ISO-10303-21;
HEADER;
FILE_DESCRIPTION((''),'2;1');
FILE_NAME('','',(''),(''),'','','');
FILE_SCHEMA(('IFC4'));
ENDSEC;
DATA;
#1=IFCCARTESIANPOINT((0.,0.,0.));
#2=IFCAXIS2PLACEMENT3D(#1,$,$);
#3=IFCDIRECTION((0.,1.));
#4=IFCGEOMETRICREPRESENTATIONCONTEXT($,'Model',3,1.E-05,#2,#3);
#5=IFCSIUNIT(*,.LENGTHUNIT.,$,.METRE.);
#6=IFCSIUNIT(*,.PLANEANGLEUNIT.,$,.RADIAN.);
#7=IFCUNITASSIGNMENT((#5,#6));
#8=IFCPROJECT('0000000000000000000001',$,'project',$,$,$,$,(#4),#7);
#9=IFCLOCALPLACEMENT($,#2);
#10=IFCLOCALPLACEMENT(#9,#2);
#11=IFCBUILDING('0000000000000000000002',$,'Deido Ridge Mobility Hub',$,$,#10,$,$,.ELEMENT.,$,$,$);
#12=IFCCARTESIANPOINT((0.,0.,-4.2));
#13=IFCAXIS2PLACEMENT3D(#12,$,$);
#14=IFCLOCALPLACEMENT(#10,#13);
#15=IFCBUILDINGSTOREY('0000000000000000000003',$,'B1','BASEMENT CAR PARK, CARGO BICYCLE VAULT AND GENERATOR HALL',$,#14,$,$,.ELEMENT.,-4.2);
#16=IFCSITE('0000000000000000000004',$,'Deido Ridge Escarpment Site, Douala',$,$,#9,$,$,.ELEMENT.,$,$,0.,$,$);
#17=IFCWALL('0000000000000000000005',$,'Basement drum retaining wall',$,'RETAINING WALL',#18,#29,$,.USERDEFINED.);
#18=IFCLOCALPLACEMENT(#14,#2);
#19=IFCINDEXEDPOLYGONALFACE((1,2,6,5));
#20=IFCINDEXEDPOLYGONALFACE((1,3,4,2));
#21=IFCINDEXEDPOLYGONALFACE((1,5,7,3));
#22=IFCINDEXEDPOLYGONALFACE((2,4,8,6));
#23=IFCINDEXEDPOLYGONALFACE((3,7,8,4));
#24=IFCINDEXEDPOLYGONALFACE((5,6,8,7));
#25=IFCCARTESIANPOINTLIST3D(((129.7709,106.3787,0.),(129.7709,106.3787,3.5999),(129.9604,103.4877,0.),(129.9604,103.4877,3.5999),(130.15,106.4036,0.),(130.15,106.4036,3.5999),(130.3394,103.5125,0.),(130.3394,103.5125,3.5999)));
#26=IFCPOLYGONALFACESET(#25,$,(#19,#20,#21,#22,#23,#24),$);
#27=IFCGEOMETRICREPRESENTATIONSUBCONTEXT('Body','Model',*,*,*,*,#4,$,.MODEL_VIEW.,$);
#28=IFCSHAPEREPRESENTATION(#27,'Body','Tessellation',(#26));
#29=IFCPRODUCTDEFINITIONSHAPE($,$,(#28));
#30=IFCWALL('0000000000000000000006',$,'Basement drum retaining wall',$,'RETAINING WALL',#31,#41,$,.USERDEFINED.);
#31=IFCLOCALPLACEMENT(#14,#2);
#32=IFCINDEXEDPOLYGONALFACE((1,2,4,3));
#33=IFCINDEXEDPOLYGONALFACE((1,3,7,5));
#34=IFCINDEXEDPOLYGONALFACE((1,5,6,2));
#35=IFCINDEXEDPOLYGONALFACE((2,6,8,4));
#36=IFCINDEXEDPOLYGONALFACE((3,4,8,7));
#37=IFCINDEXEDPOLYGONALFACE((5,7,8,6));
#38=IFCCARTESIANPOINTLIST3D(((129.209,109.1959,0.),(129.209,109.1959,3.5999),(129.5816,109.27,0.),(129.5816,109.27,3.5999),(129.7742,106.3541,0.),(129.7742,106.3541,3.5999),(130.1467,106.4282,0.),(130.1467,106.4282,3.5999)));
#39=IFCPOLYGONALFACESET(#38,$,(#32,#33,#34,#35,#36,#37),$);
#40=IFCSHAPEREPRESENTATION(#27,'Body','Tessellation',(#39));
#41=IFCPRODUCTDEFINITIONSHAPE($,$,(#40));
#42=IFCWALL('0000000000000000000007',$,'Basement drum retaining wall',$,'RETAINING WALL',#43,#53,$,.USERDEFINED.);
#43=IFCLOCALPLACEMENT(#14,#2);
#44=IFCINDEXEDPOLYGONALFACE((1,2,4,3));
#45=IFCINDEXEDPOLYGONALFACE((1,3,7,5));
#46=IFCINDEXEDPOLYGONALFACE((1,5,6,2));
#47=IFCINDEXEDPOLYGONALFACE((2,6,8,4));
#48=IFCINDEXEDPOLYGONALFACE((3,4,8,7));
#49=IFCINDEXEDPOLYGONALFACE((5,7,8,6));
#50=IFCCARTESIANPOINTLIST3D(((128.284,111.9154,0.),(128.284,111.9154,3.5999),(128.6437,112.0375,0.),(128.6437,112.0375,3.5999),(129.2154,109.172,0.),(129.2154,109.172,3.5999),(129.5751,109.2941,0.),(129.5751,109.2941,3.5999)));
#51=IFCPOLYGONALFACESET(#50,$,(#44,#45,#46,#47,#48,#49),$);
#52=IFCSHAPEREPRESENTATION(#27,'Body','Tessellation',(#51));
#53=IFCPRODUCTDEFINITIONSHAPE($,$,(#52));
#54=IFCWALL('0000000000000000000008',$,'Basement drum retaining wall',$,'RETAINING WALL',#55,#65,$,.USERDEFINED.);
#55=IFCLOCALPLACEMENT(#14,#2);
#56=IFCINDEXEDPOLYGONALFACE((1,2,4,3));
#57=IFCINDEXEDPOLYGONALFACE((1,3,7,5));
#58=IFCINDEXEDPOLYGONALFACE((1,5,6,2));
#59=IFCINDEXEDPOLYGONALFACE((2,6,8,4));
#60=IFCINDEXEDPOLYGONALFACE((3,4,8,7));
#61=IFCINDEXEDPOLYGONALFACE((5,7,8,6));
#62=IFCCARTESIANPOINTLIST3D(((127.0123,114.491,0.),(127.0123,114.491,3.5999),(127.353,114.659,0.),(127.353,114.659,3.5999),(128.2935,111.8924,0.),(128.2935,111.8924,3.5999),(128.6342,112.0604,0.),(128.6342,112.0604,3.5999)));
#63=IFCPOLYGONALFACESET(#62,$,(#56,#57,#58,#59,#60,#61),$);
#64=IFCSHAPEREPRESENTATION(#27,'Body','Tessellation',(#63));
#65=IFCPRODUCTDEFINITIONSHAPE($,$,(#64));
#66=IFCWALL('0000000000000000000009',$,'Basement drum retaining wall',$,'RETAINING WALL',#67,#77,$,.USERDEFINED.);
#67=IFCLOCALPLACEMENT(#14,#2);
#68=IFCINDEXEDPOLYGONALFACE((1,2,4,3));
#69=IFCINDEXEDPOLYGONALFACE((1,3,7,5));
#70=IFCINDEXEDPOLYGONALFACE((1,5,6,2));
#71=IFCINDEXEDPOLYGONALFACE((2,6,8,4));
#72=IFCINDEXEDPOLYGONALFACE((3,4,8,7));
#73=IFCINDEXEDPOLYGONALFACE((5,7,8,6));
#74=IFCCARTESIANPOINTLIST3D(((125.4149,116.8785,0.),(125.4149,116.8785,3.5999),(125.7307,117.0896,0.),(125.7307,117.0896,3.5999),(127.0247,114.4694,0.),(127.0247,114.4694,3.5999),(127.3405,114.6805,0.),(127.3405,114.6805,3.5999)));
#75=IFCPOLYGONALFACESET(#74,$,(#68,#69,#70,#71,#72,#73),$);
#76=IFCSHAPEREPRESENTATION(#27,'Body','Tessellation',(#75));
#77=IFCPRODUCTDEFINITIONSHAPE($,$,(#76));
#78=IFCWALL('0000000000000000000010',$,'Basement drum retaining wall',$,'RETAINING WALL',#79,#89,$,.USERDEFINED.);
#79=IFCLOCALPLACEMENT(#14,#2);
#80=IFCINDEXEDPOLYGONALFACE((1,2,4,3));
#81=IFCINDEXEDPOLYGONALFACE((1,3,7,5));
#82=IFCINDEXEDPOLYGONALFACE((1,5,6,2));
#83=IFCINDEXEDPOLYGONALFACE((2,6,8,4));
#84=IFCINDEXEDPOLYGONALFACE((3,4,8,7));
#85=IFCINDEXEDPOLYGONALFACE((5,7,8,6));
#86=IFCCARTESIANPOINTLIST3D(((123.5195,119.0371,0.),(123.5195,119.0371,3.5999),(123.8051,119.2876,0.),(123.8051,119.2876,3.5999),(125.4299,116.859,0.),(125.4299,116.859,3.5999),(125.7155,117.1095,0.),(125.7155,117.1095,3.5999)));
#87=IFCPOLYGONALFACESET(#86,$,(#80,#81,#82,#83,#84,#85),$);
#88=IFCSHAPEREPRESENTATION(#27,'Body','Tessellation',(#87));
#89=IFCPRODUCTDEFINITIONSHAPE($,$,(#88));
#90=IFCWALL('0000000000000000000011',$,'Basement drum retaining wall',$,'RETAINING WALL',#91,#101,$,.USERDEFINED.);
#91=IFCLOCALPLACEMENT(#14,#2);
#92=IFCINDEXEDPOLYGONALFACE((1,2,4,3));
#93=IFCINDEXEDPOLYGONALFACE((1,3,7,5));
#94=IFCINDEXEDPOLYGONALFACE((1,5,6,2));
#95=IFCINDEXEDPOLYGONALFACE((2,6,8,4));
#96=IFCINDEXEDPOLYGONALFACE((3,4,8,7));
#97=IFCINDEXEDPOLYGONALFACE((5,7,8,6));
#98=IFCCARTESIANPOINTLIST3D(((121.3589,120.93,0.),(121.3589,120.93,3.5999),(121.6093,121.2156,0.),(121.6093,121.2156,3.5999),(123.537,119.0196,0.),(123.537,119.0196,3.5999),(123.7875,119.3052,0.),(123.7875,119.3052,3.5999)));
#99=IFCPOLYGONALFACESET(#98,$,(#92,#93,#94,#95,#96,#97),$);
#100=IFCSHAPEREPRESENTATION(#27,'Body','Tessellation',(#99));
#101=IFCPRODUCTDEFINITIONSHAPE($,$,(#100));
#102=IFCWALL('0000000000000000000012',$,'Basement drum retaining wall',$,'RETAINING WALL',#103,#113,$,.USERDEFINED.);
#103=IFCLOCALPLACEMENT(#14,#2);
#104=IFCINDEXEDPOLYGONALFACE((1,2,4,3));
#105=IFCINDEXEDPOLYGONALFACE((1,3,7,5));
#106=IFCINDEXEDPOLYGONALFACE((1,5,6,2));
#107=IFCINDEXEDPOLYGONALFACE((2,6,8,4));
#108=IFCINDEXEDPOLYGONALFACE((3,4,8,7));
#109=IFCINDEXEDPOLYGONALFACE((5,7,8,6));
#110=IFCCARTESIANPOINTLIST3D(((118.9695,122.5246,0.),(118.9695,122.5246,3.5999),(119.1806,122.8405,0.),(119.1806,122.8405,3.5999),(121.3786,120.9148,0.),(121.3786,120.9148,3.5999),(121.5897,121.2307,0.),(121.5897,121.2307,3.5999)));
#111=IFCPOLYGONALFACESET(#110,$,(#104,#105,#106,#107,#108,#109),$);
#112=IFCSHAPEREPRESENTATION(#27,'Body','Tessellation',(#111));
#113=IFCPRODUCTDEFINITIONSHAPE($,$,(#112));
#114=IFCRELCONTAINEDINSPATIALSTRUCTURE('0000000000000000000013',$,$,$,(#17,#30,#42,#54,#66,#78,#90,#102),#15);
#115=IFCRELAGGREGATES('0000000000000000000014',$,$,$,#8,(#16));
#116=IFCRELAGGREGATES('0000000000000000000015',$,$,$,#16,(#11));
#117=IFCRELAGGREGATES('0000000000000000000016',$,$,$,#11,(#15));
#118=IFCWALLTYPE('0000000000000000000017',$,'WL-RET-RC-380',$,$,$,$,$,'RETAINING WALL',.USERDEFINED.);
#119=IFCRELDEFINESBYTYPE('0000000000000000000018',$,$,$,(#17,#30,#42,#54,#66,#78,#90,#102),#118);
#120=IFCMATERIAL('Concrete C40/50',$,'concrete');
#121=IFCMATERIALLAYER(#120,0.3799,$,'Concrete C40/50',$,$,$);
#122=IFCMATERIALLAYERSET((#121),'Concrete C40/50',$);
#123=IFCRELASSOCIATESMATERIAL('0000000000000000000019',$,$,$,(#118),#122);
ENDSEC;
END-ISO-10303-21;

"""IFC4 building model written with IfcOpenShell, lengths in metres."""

from ifc_helpers import new_model, si_unit, direction, frame, frame_2d, origin, place, context, subcontext, project, spatial, rectangle, extrude, material, layer, layer_set, type_object, element, save


model = new_model("IFC4")

# Units and contexts
model_context = context("Model", 3, precision=1e-05, world=origin(), true_north=direction((0.0, 1.0)))
body_context = subcontext(model_context, "Body", "Model", "MODEL_VIEW")
ifc_project = project(units=[si_unit("LENGTHUNIT", "METRE"), si_unit("PLANEANGLEUNIT", "RADIAN")], contexts=[model_context])

# Site, building, storey
site_placement = place(None, origin())
site = spatial("IfcSite", under=ifc_project, at=site_placement, Name="Deido Ridge Escarpment Site, Douala", CompositionType="ELEMENT", RefElevation=0.0)
building_placement = place(site_placement, origin())
building = spatial("IfcBuilding", under=site, at=building_placement, Name="Deido Ridge Mobility Hub", CompositionType="ELEMENT")
storey_placement = place(building_placement, frame((0.0, 0.0, -4.2)))
storey = spatial("IfcBuildingStorey", under=building, at=storey_placement, Name="B1", Description="BASEMENT CAR PARK, CARGO BICYCLE VAULT AND GENERATOR HALL", CompositionType="ELEMENT", Elevation=-4.2)

# Shared definitions
ifc_material = material(Name="Concrete C40/50", Category="concrete")

# Walls
ifc_layer = layer(ifc_material, 0.3799, Name="Concrete C40/50")
ifc_layer_set = layer_set([ifc_layer], Name="Concrete C40/50")
wall_type = type_object("IfcWallType", Name="WL-RET-RC-380", ElementType="RETAINING WALL", PredefinedType="USERDEFINED", material=ifc_layer_set)
wall_1_placement = place(storey_placement, frame((130.1499, 103.5, 0.0), z_axis=(0.0, 0.0, 1.0), x_axis=(-0.065389, 0.99786, 0.0)))
element("IfcWall", 1, at=wall_1_placement, inside=storey, type_object=wall_type, Name="Basement drum retaining wall", ObjectType="RETAINING WALL", PredefinedType="USERDEFINED", context=body_context, shape_type="SweptSolid", body=[
    extrude(rectangle(XDim=2.8972, YDim=0.3799, at=frame_2d((1.4487, 0.0))), origin(), (0.0, 0.0, 1.0), 3.5999),
])
wall_2_placement = place(storey_placement, frame((129.9604, 106.3911, 0.0), z_axis=(0.0, 0.0, 1.0), x_axis=(-0.195063, 0.980791, 0.0)))
element("IfcWall", 2, at=wall_2_placement, inside=storey, type_object=wall_type, Name="Basement drum retaining wall", ObjectType="RETAINING WALL", PredefinedType="USERDEFINED", context=body_context, shape_type="SweptSolid", body=[
    extrude(rectangle(XDim=2.8975, YDim=0.3799, at=frame_2d((1.4487, 0.0))), origin(), (0.0, 0.0, 1.0), 3.5999),
])
for number, where, z_axis, x_axis, name in (
    (3, (129.3953, 109.2329, 0.0), (0.0, 0.0, 1.0), (-0.321481, 0.946916, 0.0), "Basement drum retaining wall"),
    (4, (128.4639, 111.9763, 0.0), (0.0, 0.0, 1.0), (-0.442218, 0.896907, 0.0), "Basement drum retaining wall"),
):
    element("IfcWall", number, at=place(storey_placement, frame(where, z_axis=z_axis, x_axis=x_axis)), inside=storey, type_object=wall_type, Name=name, ObjectType="RETAINING WALL", PredefinedType="USERDEFINED", context=body_context, shape_type="SweptSolid", body=[
        extrude(rectangle(XDim=2.8972, YDim=0.3799, at=frame_2d((1.4487, 0.0))), origin(), (0.0, 0.0, 1.0), 3.5999),
    ])
wall_3_placement = place(storey_placement, frame((127.1826, 114.575, 0.0), z_axis=(0.0, 0.0, 1.0), x_axis=(-0.555594, 0.831454, 0.0)))
element("IfcWall", 5, at=wall_3_placement, inside=storey, type_object=wall_type, Name="Basement drum retaining wall", ObjectType="RETAINING WALL", PredefinedType="USERDEFINED", context=body_context, shape_type="SweptSolid", body=[
    extrude(rectangle(XDim=2.8975, YDim=0.3799, at=frame_2d((1.4487, 0.0))), origin(), (0.0, 0.0, 1.0), 3.5999),
])
for number, where, z_axis, x_axis, name in (
    (6, (125.5728, 116.9841, 0.0), (0.0, 0.0, 1.0), (-0.659375, 0.751814, 0.0), "Basement drum retaining wall"),
    (7, (123.6624, 119.1624, 0.0), (0.0, 0.0, 1.0), (-0.751814, 0.659375, 0.0), "Basement drum retaining wall"),
):
    element("IfcWall", number, at=place(storey_placement, frame(where, z_axis=z_axis, x_axis=x_axis)), inside=storey, type_object=wall_type, Name=name, ObjectType="RETAINING WALL", PredefinedType="USERDEFINED", context=body_context, shape_type="SweptSolid", body=[
        extrude(rectangle(XDim=2.8972, YDim=0.3799, at=frame_2d((1.4487, 0.0))), origin(), (0.0, 0.0, 1.0), 3.5999),
    ])
wall_4_placement = place(storey_placement, frame((121.4841, 121.0728, 0.0), z_axis=(0.0, 0.0, 1.0), x_axis=(-0.831454, 0.555594, 0.0)))
element("IfcWall", 8, at=wall_4_placement, inside=storey, type_object=wall_type, Name="Basement drum retaining wall", ObjectType="RETAINING WALL", PredefinedType="USERDEFINED", context=body_context, shape_type="SweptSolid", body=[
    extrude(rectangle(XDim=2.8975, YDim=0.3799, at=frame_2d((1.4487, 0.0))), origin(), (0.0, 0.0, 1.0), 3.5999),
])

save(model, "model.ifc")
